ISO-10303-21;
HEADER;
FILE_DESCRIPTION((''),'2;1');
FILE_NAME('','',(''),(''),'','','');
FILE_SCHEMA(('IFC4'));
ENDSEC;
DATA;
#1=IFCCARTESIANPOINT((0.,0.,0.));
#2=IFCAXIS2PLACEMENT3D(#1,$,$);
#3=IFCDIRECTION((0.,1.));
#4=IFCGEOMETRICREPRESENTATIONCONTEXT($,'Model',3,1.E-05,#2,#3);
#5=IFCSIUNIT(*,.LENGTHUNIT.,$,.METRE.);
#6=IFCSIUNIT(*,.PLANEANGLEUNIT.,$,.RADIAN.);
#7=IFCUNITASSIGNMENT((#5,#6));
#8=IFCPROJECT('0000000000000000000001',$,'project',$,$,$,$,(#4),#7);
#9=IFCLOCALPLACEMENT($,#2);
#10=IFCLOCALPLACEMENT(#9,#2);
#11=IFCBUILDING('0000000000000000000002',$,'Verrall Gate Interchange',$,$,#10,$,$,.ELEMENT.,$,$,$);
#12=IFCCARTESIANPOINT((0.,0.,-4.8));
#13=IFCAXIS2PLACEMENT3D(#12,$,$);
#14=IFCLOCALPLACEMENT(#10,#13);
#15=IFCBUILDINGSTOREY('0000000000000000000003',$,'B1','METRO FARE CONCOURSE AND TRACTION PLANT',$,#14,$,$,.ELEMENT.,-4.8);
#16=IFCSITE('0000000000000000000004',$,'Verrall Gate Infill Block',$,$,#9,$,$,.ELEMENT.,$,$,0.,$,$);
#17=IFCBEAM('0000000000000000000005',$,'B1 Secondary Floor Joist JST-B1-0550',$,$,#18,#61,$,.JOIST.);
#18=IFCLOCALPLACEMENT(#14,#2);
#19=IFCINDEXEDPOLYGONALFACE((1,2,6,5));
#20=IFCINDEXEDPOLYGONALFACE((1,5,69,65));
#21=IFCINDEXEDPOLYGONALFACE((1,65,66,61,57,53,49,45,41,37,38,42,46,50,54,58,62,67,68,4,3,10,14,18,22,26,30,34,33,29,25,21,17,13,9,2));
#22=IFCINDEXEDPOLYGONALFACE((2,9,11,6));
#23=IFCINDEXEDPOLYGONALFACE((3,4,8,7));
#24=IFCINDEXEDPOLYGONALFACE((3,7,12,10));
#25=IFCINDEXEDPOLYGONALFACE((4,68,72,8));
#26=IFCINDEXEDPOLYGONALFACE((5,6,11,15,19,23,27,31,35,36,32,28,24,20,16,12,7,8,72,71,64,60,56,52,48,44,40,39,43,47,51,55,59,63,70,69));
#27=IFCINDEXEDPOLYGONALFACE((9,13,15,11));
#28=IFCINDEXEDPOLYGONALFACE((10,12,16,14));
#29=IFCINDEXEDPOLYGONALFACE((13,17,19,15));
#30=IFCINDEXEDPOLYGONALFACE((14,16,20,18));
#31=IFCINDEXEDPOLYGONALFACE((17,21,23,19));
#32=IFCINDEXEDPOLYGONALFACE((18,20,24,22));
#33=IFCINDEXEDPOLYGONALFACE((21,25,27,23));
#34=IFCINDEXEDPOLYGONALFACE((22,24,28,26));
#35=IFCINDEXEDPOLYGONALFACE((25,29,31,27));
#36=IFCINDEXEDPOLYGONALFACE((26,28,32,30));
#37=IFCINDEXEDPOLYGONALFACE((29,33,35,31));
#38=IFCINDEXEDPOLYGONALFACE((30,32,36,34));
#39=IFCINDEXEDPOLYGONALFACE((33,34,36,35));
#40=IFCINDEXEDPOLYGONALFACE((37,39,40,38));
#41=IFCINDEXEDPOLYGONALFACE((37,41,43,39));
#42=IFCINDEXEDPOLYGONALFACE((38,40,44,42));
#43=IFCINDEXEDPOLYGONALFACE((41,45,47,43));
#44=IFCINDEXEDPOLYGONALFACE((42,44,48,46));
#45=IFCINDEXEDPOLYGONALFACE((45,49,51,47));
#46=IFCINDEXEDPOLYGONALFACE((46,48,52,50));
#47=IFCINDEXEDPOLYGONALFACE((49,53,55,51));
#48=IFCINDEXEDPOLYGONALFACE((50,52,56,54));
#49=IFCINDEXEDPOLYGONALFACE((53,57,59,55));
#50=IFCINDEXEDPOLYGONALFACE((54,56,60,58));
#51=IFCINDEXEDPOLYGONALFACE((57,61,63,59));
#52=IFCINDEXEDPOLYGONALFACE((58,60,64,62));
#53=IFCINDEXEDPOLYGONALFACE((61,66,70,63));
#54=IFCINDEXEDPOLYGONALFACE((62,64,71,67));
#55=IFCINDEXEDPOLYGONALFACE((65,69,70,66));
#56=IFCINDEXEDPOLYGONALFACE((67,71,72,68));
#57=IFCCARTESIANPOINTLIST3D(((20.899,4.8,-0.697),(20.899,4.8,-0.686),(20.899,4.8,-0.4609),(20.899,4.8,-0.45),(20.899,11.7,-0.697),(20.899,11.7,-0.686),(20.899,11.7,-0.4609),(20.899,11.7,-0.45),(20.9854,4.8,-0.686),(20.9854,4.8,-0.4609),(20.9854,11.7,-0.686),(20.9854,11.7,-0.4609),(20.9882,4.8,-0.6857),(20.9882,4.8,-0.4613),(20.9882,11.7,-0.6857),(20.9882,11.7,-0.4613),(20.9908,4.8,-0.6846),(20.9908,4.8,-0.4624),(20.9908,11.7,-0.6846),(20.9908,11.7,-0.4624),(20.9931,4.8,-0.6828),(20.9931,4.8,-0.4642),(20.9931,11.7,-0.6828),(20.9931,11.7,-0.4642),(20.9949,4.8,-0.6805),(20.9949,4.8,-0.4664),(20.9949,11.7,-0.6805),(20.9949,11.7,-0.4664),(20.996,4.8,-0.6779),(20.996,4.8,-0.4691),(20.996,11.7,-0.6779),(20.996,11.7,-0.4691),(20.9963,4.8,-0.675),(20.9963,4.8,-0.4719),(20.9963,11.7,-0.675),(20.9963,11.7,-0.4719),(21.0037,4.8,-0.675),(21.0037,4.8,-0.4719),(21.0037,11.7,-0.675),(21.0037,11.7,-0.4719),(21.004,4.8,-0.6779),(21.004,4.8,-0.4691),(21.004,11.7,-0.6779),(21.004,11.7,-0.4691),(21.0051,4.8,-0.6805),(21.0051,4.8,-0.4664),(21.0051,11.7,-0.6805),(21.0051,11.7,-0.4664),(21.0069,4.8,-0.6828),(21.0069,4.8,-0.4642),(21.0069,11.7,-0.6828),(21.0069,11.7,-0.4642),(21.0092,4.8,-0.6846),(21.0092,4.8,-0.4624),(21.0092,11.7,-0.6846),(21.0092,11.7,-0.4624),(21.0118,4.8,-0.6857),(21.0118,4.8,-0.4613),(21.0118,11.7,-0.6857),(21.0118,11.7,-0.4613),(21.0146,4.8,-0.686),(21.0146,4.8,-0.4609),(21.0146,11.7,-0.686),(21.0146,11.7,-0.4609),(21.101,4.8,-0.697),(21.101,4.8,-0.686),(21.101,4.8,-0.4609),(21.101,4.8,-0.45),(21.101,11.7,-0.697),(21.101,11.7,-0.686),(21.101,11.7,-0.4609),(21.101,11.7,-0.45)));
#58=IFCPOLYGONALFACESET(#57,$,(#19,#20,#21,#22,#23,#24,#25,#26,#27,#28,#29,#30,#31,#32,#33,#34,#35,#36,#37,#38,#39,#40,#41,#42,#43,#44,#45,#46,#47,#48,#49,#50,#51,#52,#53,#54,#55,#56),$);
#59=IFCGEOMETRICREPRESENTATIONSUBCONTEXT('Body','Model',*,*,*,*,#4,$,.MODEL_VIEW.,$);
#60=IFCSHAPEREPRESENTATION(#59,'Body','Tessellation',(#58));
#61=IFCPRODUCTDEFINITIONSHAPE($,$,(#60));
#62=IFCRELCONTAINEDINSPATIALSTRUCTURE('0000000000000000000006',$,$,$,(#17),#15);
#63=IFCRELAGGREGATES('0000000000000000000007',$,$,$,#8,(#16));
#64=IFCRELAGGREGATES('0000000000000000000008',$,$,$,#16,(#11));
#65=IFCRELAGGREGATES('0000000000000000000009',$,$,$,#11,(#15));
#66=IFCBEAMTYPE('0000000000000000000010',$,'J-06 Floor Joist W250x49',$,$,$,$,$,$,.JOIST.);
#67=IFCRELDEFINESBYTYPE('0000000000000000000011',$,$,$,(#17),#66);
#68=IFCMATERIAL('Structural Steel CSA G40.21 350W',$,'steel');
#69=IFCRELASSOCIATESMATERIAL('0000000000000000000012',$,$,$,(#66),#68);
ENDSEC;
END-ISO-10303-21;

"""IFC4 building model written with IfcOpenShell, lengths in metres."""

from ifc_helpers import new_model, si_unit, direction, frame, origin, origin_2d, place, context, subcontext, project, spatial, i_section, extrude, material, material_profile, profile_set, type_object, element, save


model = new_model("IFC4")

# Units and contexts
model_context = context("Model", 3, precision=1e-05, world=origin(), true_north=direction((0.0, 1.0)))
body_context = subcontext(model_context, "Body", "Model", "MODEL_VIEW")
ifc_project = project(units=[si_unit("LENGTHUNIT", "METRE"), si_unit("PLANEANGLEUNIT", "RADIAN")], contexts=[model_context])

# Site, building, storey
site_placement = place(None, origin())
site = spatial("IfcSite", under=ifc_project, at=site_placement, Name="Verrall Gate Infill Block", CompositionType="ELEMENT", RefElevation=0.0)
building_placement = place(site_placement, origin())
building = spatial("IfcBuilding", under=site, at=building_placement, Name="Verrall Gate Interchange", CompositionType="ELEMENT")
storey_placement = place(building_placement, frame((0.0, 0.0, -4.8)))
storey = spatial("IfcBuildingStorey", under=building, at=storey_placement, Name="B1", Description="METRO FARE CONCOURSE AND TRACTION PLANT", CompositionType="ELEMENT", Elevation=-4.8)

# Beam
ifc_material_1 = material(Name="Structural Steel CSA G40.21 350W", Category="steel")
ifc_material_profile_1 = material_profile(ifc_material_1, i_section(OverallWidth=0.2019, OverallDepth=0.2471, WebThickness=0.0073, FlangeThickness=0.011, FilletRadius=0.011, at=origin_2d()), Name="W250x49")
ifc_profile_set_1 = profile_set([ifc_material_profile_1], Name="Structural Steel CSA G40.21 350W")
beam_type_1 = type_object("IfcBeamType", Name="J-06 Floor Joist W250x49", PredefinedType="JOIST", material=ifc_profile_set_1)
beam_1_placement = place(storey_placement, frame((21.0, 4.8, -0.5735), z_axis=(0.0, 1.0, 0.0), x_axis=(-1.0, 0.0, 0.0)))
element("IfcBeam", 1, at=beam_1_placement, inside=storey, type_object=beam_type_1, Name="B1 Secondary Floor Joist JST-B1-0550", PredefinedType="JOIST", context=body_context, shape_type="SweptSolid", body=[
    extrude(i_section(OverallWidth=0.2019, OverallDepth=0.2471, WebThickness=0.0073, FlangeThickness=0.011, FilletRadius=0.011, at=origin_2d()), origin(), (0.0, 0.0, 1.0), 6.8999),
])

save(model, "model.ifc")
